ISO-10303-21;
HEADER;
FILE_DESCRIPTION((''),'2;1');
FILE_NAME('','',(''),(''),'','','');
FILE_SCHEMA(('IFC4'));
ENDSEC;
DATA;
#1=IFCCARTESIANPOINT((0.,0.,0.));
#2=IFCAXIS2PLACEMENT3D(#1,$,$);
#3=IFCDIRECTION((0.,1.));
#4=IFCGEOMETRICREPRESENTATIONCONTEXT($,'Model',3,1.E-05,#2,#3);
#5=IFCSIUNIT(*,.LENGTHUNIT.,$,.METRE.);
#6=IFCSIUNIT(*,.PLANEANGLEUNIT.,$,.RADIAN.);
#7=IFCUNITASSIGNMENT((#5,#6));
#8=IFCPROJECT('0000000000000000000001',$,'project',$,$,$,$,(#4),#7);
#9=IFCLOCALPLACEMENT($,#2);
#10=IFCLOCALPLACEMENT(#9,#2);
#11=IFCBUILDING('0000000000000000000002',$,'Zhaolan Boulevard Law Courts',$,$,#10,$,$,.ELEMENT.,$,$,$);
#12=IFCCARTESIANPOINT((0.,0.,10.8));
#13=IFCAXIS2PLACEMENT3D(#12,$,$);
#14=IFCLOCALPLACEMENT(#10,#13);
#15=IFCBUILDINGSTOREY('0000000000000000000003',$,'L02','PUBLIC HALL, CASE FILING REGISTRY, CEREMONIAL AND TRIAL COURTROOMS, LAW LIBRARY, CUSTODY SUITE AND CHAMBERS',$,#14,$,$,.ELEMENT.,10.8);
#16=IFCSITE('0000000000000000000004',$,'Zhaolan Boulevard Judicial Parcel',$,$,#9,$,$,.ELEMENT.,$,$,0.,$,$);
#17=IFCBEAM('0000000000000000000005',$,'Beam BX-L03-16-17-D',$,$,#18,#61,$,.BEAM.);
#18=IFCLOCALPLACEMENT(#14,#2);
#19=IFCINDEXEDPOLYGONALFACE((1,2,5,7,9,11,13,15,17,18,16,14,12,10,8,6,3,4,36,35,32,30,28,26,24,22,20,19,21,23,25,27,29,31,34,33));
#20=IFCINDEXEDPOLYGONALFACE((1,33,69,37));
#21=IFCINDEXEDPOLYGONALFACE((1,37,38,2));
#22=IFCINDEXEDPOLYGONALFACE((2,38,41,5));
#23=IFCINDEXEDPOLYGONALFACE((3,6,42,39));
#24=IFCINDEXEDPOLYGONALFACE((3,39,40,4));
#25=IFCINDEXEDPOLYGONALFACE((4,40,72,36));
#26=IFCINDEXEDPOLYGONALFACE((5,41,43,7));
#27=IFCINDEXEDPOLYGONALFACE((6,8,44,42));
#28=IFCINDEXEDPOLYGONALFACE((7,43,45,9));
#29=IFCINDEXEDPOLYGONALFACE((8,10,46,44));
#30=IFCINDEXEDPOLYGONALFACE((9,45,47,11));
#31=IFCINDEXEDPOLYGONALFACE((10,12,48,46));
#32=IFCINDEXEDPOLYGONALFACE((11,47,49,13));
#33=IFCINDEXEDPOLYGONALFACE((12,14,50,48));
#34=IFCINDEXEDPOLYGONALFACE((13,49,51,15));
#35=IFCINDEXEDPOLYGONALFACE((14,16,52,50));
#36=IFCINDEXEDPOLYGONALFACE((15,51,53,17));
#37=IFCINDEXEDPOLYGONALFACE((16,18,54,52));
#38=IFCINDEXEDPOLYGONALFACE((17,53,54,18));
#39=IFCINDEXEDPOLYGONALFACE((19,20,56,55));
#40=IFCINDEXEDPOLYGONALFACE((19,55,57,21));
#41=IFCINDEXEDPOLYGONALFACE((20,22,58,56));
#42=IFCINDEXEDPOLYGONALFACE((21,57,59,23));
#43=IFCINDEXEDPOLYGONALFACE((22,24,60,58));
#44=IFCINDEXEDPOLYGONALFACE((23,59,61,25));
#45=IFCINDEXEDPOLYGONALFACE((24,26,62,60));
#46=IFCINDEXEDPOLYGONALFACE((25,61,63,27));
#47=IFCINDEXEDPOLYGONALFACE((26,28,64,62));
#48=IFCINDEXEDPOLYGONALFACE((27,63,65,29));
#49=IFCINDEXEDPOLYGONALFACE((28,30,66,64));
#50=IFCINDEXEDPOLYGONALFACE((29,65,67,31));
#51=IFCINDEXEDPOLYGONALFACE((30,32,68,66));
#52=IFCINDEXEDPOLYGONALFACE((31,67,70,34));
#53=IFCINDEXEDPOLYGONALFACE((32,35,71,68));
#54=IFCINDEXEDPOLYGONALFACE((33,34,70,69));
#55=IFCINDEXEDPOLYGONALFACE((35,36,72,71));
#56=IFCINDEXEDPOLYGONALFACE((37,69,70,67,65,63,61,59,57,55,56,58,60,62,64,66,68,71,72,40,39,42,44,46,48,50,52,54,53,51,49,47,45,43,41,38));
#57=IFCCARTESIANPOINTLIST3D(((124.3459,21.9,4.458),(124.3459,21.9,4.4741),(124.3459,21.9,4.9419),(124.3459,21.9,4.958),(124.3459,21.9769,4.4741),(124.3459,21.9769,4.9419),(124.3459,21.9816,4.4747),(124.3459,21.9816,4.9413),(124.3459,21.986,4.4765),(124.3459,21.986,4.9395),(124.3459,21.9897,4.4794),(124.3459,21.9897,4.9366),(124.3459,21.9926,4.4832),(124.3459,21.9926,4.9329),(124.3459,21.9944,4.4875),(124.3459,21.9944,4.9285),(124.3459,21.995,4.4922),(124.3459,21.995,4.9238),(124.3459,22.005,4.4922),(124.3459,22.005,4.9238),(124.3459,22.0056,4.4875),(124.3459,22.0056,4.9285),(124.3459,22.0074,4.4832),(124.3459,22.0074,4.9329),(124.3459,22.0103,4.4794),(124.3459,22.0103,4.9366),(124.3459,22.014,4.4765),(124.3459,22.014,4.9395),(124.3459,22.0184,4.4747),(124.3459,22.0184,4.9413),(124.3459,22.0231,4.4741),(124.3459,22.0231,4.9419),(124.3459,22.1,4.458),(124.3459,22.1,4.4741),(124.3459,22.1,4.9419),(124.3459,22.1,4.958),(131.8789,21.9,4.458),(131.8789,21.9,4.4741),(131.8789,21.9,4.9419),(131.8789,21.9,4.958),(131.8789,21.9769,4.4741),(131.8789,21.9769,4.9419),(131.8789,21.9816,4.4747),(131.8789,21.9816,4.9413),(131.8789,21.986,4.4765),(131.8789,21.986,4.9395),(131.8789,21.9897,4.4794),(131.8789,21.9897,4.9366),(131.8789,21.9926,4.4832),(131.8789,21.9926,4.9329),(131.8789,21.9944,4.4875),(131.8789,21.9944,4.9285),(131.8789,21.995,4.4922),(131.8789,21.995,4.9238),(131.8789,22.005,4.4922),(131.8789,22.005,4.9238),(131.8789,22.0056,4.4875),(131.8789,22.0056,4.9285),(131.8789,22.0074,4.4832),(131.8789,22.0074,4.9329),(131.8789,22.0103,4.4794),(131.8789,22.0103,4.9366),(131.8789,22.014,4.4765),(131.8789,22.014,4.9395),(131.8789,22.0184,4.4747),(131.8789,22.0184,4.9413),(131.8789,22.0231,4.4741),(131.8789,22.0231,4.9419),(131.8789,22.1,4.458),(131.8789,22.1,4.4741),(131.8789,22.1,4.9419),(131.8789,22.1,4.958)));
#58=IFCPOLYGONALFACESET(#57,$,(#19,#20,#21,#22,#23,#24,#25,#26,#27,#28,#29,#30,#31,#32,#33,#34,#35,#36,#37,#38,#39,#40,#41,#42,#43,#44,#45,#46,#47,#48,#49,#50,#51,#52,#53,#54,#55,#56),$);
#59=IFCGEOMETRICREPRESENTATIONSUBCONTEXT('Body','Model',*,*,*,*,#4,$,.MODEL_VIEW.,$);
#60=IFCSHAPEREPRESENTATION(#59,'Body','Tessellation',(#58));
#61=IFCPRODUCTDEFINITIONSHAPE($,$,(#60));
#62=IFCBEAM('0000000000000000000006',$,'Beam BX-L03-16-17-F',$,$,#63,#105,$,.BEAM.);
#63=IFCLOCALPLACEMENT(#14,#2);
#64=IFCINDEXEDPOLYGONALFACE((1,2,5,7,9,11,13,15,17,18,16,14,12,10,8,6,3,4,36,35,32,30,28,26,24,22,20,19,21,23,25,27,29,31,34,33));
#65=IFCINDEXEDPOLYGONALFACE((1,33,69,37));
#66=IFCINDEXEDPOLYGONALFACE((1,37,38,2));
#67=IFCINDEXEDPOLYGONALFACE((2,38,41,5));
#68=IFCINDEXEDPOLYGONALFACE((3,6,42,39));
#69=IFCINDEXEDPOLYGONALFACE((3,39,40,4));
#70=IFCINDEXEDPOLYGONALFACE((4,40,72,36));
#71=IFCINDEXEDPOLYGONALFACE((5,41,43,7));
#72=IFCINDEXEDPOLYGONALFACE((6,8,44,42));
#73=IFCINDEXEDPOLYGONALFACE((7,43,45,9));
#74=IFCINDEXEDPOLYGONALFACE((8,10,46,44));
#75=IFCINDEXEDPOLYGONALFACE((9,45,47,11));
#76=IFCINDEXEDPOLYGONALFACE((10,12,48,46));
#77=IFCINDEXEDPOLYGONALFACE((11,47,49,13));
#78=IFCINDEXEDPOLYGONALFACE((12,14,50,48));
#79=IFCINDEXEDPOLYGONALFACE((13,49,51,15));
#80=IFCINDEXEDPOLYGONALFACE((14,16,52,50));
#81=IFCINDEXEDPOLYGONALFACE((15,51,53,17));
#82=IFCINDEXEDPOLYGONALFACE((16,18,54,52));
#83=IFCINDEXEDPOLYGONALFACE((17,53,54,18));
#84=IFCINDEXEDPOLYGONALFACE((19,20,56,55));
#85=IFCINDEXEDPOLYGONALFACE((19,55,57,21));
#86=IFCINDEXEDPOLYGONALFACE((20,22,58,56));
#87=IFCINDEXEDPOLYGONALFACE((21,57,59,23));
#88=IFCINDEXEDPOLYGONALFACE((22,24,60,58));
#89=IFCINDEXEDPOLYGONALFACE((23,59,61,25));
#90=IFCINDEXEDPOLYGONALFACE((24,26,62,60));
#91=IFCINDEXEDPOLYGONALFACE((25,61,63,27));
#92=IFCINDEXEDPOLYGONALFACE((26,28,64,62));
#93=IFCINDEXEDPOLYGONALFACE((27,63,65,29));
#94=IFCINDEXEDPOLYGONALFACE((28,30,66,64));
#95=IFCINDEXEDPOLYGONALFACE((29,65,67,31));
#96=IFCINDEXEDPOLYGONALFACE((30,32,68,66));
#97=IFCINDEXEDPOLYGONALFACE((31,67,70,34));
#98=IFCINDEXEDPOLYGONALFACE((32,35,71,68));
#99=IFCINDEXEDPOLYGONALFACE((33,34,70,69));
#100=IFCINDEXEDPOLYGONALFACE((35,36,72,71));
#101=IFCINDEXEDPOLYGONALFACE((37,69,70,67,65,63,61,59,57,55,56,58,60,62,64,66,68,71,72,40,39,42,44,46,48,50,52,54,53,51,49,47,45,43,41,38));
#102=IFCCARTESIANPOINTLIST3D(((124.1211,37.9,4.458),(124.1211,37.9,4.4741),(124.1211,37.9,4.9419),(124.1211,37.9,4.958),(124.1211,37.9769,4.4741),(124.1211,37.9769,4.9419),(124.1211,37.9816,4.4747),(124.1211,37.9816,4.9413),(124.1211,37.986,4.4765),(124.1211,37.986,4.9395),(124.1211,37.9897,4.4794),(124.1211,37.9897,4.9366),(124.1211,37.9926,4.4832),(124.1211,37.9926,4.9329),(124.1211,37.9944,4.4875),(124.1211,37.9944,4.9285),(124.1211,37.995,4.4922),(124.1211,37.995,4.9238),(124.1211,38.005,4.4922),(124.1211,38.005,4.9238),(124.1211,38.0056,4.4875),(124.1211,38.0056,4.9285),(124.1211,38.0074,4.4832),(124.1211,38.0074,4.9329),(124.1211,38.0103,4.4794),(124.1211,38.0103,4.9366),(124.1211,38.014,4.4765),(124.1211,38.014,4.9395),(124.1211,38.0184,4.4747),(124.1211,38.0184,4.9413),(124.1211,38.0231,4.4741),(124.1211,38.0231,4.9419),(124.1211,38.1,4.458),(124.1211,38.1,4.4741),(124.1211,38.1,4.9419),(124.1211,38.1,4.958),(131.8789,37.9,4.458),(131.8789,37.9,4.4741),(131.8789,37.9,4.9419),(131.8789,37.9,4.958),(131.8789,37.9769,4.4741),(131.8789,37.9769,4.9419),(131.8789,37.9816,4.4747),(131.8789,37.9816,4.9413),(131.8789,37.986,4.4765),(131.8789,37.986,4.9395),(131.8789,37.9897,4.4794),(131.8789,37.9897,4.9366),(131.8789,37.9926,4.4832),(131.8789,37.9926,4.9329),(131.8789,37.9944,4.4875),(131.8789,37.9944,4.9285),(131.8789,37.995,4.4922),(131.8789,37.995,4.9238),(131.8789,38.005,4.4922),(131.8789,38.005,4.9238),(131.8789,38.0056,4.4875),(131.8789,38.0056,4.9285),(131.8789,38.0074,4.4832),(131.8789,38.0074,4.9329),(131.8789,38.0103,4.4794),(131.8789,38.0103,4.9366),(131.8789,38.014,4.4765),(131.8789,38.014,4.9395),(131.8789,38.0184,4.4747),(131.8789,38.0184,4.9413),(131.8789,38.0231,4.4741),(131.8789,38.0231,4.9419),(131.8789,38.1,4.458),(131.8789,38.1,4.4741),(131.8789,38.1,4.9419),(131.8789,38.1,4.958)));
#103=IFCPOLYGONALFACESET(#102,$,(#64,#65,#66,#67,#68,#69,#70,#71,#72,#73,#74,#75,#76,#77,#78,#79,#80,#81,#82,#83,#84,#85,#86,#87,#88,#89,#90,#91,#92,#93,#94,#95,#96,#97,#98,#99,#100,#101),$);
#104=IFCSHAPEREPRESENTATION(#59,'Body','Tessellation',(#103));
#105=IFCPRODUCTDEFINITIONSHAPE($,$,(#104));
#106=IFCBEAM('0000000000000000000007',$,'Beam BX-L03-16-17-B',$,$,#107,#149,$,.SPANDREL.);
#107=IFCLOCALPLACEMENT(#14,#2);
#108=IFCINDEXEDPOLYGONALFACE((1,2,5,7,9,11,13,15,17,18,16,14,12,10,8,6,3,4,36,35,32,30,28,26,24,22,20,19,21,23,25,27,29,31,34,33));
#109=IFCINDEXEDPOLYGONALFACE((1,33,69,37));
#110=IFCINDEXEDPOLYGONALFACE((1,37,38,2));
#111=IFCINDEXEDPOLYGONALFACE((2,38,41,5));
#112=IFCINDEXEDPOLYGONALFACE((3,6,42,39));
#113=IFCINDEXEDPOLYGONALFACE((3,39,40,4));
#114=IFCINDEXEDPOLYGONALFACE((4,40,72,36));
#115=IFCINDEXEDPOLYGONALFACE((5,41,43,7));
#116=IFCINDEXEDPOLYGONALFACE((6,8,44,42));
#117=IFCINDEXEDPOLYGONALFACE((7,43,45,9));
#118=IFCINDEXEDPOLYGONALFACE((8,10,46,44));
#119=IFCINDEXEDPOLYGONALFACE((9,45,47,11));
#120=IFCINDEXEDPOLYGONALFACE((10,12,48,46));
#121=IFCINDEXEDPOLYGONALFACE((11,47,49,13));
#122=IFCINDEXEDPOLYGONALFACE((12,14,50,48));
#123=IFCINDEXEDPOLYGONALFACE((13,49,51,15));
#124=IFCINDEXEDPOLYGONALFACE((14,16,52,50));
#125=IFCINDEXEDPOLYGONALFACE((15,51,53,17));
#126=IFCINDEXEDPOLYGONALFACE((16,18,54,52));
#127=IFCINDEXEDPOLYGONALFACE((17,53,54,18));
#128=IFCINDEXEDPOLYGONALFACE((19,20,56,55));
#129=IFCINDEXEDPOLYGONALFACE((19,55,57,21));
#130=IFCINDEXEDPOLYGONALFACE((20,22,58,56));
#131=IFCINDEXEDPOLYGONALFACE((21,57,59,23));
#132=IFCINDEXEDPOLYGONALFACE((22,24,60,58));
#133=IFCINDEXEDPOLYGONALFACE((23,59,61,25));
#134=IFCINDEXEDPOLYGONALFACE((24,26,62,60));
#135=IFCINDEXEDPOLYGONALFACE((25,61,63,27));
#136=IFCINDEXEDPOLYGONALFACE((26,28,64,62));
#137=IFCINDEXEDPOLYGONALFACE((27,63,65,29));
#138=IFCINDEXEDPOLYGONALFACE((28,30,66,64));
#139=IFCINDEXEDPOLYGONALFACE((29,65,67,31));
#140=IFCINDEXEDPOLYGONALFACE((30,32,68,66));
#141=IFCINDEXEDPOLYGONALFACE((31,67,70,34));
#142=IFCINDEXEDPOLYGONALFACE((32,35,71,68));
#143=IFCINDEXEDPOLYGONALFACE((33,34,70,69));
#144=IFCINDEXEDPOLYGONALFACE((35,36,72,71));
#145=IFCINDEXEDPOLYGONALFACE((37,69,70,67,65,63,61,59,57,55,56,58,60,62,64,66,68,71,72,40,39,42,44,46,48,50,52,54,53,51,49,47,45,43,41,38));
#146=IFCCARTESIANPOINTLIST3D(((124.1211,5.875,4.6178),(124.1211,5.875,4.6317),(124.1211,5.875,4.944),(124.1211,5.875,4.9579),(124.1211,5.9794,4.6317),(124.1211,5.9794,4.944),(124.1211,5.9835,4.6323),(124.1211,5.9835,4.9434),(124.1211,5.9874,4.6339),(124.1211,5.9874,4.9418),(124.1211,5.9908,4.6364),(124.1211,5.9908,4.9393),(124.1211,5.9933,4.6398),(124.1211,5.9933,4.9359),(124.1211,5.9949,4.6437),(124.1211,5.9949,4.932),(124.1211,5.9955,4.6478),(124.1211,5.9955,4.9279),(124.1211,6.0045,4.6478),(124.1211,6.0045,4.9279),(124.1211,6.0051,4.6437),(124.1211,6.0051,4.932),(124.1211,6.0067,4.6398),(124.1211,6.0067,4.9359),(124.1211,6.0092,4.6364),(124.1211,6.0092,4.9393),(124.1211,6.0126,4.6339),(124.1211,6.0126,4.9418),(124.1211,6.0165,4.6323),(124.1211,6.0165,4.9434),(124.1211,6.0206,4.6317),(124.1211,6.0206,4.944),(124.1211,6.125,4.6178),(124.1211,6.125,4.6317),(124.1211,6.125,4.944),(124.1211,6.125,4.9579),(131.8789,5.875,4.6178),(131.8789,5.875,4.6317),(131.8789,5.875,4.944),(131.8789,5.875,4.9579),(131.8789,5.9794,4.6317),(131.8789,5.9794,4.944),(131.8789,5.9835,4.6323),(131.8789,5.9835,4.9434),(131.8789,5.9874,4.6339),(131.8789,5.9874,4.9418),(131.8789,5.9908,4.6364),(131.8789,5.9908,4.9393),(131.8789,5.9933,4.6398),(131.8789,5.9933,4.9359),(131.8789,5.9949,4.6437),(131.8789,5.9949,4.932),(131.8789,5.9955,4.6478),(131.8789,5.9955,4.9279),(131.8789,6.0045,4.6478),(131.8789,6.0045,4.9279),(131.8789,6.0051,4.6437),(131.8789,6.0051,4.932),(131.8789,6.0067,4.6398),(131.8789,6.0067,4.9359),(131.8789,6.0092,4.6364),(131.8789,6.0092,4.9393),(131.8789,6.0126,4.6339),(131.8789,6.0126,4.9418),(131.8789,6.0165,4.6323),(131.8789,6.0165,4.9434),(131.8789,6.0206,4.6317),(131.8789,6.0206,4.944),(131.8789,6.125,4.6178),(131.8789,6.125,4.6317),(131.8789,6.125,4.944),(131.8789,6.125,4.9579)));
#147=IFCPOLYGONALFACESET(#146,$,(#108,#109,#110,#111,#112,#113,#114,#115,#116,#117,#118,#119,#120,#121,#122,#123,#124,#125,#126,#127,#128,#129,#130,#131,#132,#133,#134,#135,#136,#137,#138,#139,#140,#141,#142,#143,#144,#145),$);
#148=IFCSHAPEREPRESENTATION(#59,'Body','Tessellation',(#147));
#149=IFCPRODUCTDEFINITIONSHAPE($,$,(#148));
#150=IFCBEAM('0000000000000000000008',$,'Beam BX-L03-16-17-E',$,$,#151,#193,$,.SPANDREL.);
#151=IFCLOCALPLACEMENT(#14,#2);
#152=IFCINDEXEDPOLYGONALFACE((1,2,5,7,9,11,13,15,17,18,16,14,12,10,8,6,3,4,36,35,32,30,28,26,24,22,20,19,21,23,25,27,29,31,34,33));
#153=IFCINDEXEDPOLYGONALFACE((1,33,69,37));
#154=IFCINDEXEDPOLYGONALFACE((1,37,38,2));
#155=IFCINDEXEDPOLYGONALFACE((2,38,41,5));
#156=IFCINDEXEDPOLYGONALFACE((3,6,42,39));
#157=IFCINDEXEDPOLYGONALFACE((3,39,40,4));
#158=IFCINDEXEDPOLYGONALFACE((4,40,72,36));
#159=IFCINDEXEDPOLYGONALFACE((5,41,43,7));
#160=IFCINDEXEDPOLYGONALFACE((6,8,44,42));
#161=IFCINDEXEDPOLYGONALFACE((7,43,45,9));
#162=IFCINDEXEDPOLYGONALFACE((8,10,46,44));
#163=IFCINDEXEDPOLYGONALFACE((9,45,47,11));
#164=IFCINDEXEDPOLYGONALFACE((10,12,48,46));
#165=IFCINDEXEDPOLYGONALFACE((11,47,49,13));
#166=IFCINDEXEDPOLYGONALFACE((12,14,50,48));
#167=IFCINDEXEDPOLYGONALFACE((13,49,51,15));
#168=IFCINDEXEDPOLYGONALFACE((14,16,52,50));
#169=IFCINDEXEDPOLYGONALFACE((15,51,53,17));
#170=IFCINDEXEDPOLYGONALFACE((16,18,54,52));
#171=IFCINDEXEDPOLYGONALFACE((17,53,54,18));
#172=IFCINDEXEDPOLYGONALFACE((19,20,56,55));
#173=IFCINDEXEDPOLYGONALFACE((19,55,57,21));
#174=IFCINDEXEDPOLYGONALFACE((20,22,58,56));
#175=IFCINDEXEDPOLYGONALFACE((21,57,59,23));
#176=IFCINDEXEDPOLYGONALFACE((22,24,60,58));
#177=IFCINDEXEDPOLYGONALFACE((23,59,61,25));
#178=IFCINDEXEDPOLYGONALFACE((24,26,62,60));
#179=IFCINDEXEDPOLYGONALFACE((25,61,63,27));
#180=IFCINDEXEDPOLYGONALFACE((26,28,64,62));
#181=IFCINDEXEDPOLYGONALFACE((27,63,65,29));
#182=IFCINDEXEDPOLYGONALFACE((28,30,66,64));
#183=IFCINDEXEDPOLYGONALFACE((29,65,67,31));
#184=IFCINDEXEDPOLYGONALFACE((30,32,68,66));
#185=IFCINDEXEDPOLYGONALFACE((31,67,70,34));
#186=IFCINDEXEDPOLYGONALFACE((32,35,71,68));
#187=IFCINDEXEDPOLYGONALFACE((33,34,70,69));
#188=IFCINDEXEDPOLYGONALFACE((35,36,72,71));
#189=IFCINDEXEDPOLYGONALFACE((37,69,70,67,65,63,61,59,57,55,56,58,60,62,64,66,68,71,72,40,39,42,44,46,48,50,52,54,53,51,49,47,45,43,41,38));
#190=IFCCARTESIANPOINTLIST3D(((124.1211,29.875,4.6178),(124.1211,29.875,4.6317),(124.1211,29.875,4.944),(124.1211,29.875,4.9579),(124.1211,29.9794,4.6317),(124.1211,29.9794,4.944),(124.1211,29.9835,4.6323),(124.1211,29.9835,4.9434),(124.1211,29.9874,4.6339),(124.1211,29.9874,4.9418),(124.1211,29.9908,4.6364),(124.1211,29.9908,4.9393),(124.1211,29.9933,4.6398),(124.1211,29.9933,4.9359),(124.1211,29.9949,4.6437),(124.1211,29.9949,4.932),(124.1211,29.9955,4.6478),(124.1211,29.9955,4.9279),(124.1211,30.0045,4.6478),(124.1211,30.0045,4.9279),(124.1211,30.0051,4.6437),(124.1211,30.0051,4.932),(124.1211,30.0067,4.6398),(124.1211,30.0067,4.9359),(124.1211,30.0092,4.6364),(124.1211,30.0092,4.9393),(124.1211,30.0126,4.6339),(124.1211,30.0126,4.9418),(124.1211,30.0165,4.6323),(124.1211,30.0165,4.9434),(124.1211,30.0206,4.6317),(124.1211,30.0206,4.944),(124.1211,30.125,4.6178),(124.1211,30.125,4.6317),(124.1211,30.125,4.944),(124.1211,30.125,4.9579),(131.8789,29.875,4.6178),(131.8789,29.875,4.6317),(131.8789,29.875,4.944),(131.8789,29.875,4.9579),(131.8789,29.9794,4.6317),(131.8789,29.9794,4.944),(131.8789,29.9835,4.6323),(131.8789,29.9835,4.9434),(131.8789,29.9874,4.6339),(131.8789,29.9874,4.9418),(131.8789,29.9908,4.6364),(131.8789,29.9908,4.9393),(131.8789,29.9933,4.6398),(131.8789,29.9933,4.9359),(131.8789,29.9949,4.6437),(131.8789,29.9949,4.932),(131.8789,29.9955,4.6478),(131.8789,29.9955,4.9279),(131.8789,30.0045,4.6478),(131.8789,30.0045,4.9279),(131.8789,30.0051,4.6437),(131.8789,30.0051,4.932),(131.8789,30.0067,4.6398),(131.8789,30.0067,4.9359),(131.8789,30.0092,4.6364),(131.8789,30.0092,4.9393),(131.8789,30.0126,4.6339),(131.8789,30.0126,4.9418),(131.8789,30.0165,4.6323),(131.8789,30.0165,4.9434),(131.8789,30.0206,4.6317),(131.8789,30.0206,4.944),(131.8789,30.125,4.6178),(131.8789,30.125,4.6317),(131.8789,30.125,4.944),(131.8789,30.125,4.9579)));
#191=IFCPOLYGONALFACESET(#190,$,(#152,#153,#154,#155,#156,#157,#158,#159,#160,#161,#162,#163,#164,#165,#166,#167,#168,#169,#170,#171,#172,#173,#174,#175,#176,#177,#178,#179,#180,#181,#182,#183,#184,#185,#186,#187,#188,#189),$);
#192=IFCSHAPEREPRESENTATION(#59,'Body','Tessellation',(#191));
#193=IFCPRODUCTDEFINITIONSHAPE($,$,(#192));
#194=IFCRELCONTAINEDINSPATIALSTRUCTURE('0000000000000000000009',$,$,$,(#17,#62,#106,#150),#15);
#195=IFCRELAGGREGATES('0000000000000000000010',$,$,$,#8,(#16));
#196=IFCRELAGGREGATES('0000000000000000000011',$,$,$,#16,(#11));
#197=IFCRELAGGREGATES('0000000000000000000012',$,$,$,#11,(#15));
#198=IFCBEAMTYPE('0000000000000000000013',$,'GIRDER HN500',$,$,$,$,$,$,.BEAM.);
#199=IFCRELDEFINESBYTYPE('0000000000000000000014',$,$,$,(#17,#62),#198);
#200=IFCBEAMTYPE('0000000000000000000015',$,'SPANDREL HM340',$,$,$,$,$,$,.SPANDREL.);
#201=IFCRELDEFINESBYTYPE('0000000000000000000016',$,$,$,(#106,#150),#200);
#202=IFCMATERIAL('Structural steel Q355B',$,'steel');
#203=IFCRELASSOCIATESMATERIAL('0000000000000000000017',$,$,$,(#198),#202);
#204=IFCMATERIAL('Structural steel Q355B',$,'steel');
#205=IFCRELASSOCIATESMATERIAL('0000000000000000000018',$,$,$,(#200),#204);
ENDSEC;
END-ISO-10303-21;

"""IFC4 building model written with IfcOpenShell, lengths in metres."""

from ifc_helpers import new_model, si_unit, direction, frame, origin, origin_2d, place, context, subcontext, project, spatial, i_section, extrude, material, material_profile, profile_set, type_object, element, save


model = new_model("IFC4")

# Units and contexts
model_context = context("Model", 3, precision=1e-05, world=origin(), true_north=direction((0.0, 1.0)))
body_context = subcontext(model_context, "Body", "Model", "MODEL_VIEW")
ifc_project = project(units=[si_unit("LENGTHUNIT", "METRE"), si_unit("PLANEANGLEUNIT", "RADIAN")], contexts=[model_context])

# Site, building, storey
site_placement = place(None, origin())
site = spatial("IfcSite", under=ifc_project, at=site_placement, Name="Zhaolan Boulevard Judicial Parcel", CompositionType="ELEMENT", RefElevation=0.0)
building_placement = place(site_placement, origin())
building = spatial("IfcBuilding", under=site, at=building_placement, Name="Zhaolan Boulevard Law Courts", CompositionType="ELEMENT")
storey_placement = place(building_placement, frame((0.0, 0.0, 10.8)))
storey = spatial("IfcBuildingStorey", under=building, at=storey_placement, Name="L02", Description="PUBLIC HALL, CASE FILING REGISTRY, CEREMONIAL AND TRIAL COURTROOMS, LAW LIBRARY, CUSTODY SUITE AND CHAMBERS", CompositionType="ELEMENT", Elevation=10.8)

# Beams
ifc_material_1 = material(Name="Structural steel Q355B", Category="steel")
ifc_material_profile_1 = material_profile(ifc_material_1, i_section(OverallWidth=0.2, OverallDepth=0.5, WebThickness=0.01, FlangeThickness=0.0161, FilletRadius=0.0181, at=origin_2d()), Name="HN500x200")
ifc_profile_set_1 = profile_set([ifc_material_profile_1], Name="Structural steel Q355B")
beam_type_1 = type_object("IfcBeamType", Name="GIRDER HN500", PredefinedType="BEAM", material=ifc_profile_set_1)
for number, where, z_axis, x_axis, name in (
    (1, (124.3459, 22.0, 4.708), (1.0, 0.0, 0.0), (0.0, 1.0, 0.0), "Beam BX-L03-16-17-D"),
):
    element("IfcBeam", number, at=place(storey_placement, frame(where, z_axis=z_axis, x_axis=x_axis)), inside=storey, type_object=beam_type_1, Name=name, PredefinedType="BEAM", context=body_context, shape_type="SweptSolid", body=[
        extrude(i_section(OverallWidth=0.2, OverallDepth=0.5, WebThickness=0.01, FlangeThickness=0.0161, FilletRadius=0.0181, at=origin_2d()), origin(), (0.0, 0.0, 1.0), 7.533),
    ])
beam_placement = place(storey_placement, frame((124.1211, 38.0, 4.708), z_axis=(1.0, 0.0, 0.0), x_axis=(0.0, 1.0, 0.0)))
element("IfcBeam", 2, at=beam_placement, inside=storey, type_object=beam_type_1, Name="Beam BX-L03-16-17-F", PredefinedType="BEAM", context=body_context, shape_type="SweptSolid", body=[
    extrude(i_section(OverallWidth=0.2, OverallDepth=0.5, WebThickness=0.01, FlangeThickness=0.0161, FilletRadius=0.0181, at=origin_2d()), origin(), (0.0, 0.0, 1.0), 7.7578),
])
ifc_material_2 = material(Name="Structural steel Q355B", Category="steel")
ifc_material_profile_2 = material_profile(ifc_material_2, i_section(OverallWidth=0.25, OverallDepth=0.3401, WebThickness=0.009, FlangeThickness=0.0139, FilletRadius=0.0161, at=origin_2d()), Name="HM340x250")
ifc_profile_set_2 = profile_set([ifc_material_profile_2], Name="Structural steel Q355B")
beam_type_2 = type_object("IfcBeamType", Name="SPANDREL HM340", PredefinedType="SPANDREL", material=ifc_profile_set_2)
for number, where, z_axis, x_axis, name in (
    (3, (124.1211, 6.0, 4.7878), (1.0, 0.0, 0.0), (0.0, 1.0, 0.0), "Beam BX-L03-16-17-B"),
    (4, (124.1211, 30.0, 4.7878), (1.0, 0.0, 0.0), (0.0, 1.0, 0.0), "Beam BX-L03-16-17-E"),
):
    element("IfcBeam", number, at=place(storey_placement, frame(where, z_axis=z_axis, x_axis=x_axis)), inside=storey, type_object=beam_type_2, Name=name, PredefinedType="SPANDREL", context=body_context, shape_type="SweptSolid", body=[
        extrude(i_section(OverallWidth=0.25, OverallDepth=0.3401, WebThickness=0.009, FlangeThickness=0.0139, FilletRadius=0.0161, at=origin_2d()), origin(), (0.0, 0.0, 1.0), 7.7578),
    ])

save(model, "model.ifc")
